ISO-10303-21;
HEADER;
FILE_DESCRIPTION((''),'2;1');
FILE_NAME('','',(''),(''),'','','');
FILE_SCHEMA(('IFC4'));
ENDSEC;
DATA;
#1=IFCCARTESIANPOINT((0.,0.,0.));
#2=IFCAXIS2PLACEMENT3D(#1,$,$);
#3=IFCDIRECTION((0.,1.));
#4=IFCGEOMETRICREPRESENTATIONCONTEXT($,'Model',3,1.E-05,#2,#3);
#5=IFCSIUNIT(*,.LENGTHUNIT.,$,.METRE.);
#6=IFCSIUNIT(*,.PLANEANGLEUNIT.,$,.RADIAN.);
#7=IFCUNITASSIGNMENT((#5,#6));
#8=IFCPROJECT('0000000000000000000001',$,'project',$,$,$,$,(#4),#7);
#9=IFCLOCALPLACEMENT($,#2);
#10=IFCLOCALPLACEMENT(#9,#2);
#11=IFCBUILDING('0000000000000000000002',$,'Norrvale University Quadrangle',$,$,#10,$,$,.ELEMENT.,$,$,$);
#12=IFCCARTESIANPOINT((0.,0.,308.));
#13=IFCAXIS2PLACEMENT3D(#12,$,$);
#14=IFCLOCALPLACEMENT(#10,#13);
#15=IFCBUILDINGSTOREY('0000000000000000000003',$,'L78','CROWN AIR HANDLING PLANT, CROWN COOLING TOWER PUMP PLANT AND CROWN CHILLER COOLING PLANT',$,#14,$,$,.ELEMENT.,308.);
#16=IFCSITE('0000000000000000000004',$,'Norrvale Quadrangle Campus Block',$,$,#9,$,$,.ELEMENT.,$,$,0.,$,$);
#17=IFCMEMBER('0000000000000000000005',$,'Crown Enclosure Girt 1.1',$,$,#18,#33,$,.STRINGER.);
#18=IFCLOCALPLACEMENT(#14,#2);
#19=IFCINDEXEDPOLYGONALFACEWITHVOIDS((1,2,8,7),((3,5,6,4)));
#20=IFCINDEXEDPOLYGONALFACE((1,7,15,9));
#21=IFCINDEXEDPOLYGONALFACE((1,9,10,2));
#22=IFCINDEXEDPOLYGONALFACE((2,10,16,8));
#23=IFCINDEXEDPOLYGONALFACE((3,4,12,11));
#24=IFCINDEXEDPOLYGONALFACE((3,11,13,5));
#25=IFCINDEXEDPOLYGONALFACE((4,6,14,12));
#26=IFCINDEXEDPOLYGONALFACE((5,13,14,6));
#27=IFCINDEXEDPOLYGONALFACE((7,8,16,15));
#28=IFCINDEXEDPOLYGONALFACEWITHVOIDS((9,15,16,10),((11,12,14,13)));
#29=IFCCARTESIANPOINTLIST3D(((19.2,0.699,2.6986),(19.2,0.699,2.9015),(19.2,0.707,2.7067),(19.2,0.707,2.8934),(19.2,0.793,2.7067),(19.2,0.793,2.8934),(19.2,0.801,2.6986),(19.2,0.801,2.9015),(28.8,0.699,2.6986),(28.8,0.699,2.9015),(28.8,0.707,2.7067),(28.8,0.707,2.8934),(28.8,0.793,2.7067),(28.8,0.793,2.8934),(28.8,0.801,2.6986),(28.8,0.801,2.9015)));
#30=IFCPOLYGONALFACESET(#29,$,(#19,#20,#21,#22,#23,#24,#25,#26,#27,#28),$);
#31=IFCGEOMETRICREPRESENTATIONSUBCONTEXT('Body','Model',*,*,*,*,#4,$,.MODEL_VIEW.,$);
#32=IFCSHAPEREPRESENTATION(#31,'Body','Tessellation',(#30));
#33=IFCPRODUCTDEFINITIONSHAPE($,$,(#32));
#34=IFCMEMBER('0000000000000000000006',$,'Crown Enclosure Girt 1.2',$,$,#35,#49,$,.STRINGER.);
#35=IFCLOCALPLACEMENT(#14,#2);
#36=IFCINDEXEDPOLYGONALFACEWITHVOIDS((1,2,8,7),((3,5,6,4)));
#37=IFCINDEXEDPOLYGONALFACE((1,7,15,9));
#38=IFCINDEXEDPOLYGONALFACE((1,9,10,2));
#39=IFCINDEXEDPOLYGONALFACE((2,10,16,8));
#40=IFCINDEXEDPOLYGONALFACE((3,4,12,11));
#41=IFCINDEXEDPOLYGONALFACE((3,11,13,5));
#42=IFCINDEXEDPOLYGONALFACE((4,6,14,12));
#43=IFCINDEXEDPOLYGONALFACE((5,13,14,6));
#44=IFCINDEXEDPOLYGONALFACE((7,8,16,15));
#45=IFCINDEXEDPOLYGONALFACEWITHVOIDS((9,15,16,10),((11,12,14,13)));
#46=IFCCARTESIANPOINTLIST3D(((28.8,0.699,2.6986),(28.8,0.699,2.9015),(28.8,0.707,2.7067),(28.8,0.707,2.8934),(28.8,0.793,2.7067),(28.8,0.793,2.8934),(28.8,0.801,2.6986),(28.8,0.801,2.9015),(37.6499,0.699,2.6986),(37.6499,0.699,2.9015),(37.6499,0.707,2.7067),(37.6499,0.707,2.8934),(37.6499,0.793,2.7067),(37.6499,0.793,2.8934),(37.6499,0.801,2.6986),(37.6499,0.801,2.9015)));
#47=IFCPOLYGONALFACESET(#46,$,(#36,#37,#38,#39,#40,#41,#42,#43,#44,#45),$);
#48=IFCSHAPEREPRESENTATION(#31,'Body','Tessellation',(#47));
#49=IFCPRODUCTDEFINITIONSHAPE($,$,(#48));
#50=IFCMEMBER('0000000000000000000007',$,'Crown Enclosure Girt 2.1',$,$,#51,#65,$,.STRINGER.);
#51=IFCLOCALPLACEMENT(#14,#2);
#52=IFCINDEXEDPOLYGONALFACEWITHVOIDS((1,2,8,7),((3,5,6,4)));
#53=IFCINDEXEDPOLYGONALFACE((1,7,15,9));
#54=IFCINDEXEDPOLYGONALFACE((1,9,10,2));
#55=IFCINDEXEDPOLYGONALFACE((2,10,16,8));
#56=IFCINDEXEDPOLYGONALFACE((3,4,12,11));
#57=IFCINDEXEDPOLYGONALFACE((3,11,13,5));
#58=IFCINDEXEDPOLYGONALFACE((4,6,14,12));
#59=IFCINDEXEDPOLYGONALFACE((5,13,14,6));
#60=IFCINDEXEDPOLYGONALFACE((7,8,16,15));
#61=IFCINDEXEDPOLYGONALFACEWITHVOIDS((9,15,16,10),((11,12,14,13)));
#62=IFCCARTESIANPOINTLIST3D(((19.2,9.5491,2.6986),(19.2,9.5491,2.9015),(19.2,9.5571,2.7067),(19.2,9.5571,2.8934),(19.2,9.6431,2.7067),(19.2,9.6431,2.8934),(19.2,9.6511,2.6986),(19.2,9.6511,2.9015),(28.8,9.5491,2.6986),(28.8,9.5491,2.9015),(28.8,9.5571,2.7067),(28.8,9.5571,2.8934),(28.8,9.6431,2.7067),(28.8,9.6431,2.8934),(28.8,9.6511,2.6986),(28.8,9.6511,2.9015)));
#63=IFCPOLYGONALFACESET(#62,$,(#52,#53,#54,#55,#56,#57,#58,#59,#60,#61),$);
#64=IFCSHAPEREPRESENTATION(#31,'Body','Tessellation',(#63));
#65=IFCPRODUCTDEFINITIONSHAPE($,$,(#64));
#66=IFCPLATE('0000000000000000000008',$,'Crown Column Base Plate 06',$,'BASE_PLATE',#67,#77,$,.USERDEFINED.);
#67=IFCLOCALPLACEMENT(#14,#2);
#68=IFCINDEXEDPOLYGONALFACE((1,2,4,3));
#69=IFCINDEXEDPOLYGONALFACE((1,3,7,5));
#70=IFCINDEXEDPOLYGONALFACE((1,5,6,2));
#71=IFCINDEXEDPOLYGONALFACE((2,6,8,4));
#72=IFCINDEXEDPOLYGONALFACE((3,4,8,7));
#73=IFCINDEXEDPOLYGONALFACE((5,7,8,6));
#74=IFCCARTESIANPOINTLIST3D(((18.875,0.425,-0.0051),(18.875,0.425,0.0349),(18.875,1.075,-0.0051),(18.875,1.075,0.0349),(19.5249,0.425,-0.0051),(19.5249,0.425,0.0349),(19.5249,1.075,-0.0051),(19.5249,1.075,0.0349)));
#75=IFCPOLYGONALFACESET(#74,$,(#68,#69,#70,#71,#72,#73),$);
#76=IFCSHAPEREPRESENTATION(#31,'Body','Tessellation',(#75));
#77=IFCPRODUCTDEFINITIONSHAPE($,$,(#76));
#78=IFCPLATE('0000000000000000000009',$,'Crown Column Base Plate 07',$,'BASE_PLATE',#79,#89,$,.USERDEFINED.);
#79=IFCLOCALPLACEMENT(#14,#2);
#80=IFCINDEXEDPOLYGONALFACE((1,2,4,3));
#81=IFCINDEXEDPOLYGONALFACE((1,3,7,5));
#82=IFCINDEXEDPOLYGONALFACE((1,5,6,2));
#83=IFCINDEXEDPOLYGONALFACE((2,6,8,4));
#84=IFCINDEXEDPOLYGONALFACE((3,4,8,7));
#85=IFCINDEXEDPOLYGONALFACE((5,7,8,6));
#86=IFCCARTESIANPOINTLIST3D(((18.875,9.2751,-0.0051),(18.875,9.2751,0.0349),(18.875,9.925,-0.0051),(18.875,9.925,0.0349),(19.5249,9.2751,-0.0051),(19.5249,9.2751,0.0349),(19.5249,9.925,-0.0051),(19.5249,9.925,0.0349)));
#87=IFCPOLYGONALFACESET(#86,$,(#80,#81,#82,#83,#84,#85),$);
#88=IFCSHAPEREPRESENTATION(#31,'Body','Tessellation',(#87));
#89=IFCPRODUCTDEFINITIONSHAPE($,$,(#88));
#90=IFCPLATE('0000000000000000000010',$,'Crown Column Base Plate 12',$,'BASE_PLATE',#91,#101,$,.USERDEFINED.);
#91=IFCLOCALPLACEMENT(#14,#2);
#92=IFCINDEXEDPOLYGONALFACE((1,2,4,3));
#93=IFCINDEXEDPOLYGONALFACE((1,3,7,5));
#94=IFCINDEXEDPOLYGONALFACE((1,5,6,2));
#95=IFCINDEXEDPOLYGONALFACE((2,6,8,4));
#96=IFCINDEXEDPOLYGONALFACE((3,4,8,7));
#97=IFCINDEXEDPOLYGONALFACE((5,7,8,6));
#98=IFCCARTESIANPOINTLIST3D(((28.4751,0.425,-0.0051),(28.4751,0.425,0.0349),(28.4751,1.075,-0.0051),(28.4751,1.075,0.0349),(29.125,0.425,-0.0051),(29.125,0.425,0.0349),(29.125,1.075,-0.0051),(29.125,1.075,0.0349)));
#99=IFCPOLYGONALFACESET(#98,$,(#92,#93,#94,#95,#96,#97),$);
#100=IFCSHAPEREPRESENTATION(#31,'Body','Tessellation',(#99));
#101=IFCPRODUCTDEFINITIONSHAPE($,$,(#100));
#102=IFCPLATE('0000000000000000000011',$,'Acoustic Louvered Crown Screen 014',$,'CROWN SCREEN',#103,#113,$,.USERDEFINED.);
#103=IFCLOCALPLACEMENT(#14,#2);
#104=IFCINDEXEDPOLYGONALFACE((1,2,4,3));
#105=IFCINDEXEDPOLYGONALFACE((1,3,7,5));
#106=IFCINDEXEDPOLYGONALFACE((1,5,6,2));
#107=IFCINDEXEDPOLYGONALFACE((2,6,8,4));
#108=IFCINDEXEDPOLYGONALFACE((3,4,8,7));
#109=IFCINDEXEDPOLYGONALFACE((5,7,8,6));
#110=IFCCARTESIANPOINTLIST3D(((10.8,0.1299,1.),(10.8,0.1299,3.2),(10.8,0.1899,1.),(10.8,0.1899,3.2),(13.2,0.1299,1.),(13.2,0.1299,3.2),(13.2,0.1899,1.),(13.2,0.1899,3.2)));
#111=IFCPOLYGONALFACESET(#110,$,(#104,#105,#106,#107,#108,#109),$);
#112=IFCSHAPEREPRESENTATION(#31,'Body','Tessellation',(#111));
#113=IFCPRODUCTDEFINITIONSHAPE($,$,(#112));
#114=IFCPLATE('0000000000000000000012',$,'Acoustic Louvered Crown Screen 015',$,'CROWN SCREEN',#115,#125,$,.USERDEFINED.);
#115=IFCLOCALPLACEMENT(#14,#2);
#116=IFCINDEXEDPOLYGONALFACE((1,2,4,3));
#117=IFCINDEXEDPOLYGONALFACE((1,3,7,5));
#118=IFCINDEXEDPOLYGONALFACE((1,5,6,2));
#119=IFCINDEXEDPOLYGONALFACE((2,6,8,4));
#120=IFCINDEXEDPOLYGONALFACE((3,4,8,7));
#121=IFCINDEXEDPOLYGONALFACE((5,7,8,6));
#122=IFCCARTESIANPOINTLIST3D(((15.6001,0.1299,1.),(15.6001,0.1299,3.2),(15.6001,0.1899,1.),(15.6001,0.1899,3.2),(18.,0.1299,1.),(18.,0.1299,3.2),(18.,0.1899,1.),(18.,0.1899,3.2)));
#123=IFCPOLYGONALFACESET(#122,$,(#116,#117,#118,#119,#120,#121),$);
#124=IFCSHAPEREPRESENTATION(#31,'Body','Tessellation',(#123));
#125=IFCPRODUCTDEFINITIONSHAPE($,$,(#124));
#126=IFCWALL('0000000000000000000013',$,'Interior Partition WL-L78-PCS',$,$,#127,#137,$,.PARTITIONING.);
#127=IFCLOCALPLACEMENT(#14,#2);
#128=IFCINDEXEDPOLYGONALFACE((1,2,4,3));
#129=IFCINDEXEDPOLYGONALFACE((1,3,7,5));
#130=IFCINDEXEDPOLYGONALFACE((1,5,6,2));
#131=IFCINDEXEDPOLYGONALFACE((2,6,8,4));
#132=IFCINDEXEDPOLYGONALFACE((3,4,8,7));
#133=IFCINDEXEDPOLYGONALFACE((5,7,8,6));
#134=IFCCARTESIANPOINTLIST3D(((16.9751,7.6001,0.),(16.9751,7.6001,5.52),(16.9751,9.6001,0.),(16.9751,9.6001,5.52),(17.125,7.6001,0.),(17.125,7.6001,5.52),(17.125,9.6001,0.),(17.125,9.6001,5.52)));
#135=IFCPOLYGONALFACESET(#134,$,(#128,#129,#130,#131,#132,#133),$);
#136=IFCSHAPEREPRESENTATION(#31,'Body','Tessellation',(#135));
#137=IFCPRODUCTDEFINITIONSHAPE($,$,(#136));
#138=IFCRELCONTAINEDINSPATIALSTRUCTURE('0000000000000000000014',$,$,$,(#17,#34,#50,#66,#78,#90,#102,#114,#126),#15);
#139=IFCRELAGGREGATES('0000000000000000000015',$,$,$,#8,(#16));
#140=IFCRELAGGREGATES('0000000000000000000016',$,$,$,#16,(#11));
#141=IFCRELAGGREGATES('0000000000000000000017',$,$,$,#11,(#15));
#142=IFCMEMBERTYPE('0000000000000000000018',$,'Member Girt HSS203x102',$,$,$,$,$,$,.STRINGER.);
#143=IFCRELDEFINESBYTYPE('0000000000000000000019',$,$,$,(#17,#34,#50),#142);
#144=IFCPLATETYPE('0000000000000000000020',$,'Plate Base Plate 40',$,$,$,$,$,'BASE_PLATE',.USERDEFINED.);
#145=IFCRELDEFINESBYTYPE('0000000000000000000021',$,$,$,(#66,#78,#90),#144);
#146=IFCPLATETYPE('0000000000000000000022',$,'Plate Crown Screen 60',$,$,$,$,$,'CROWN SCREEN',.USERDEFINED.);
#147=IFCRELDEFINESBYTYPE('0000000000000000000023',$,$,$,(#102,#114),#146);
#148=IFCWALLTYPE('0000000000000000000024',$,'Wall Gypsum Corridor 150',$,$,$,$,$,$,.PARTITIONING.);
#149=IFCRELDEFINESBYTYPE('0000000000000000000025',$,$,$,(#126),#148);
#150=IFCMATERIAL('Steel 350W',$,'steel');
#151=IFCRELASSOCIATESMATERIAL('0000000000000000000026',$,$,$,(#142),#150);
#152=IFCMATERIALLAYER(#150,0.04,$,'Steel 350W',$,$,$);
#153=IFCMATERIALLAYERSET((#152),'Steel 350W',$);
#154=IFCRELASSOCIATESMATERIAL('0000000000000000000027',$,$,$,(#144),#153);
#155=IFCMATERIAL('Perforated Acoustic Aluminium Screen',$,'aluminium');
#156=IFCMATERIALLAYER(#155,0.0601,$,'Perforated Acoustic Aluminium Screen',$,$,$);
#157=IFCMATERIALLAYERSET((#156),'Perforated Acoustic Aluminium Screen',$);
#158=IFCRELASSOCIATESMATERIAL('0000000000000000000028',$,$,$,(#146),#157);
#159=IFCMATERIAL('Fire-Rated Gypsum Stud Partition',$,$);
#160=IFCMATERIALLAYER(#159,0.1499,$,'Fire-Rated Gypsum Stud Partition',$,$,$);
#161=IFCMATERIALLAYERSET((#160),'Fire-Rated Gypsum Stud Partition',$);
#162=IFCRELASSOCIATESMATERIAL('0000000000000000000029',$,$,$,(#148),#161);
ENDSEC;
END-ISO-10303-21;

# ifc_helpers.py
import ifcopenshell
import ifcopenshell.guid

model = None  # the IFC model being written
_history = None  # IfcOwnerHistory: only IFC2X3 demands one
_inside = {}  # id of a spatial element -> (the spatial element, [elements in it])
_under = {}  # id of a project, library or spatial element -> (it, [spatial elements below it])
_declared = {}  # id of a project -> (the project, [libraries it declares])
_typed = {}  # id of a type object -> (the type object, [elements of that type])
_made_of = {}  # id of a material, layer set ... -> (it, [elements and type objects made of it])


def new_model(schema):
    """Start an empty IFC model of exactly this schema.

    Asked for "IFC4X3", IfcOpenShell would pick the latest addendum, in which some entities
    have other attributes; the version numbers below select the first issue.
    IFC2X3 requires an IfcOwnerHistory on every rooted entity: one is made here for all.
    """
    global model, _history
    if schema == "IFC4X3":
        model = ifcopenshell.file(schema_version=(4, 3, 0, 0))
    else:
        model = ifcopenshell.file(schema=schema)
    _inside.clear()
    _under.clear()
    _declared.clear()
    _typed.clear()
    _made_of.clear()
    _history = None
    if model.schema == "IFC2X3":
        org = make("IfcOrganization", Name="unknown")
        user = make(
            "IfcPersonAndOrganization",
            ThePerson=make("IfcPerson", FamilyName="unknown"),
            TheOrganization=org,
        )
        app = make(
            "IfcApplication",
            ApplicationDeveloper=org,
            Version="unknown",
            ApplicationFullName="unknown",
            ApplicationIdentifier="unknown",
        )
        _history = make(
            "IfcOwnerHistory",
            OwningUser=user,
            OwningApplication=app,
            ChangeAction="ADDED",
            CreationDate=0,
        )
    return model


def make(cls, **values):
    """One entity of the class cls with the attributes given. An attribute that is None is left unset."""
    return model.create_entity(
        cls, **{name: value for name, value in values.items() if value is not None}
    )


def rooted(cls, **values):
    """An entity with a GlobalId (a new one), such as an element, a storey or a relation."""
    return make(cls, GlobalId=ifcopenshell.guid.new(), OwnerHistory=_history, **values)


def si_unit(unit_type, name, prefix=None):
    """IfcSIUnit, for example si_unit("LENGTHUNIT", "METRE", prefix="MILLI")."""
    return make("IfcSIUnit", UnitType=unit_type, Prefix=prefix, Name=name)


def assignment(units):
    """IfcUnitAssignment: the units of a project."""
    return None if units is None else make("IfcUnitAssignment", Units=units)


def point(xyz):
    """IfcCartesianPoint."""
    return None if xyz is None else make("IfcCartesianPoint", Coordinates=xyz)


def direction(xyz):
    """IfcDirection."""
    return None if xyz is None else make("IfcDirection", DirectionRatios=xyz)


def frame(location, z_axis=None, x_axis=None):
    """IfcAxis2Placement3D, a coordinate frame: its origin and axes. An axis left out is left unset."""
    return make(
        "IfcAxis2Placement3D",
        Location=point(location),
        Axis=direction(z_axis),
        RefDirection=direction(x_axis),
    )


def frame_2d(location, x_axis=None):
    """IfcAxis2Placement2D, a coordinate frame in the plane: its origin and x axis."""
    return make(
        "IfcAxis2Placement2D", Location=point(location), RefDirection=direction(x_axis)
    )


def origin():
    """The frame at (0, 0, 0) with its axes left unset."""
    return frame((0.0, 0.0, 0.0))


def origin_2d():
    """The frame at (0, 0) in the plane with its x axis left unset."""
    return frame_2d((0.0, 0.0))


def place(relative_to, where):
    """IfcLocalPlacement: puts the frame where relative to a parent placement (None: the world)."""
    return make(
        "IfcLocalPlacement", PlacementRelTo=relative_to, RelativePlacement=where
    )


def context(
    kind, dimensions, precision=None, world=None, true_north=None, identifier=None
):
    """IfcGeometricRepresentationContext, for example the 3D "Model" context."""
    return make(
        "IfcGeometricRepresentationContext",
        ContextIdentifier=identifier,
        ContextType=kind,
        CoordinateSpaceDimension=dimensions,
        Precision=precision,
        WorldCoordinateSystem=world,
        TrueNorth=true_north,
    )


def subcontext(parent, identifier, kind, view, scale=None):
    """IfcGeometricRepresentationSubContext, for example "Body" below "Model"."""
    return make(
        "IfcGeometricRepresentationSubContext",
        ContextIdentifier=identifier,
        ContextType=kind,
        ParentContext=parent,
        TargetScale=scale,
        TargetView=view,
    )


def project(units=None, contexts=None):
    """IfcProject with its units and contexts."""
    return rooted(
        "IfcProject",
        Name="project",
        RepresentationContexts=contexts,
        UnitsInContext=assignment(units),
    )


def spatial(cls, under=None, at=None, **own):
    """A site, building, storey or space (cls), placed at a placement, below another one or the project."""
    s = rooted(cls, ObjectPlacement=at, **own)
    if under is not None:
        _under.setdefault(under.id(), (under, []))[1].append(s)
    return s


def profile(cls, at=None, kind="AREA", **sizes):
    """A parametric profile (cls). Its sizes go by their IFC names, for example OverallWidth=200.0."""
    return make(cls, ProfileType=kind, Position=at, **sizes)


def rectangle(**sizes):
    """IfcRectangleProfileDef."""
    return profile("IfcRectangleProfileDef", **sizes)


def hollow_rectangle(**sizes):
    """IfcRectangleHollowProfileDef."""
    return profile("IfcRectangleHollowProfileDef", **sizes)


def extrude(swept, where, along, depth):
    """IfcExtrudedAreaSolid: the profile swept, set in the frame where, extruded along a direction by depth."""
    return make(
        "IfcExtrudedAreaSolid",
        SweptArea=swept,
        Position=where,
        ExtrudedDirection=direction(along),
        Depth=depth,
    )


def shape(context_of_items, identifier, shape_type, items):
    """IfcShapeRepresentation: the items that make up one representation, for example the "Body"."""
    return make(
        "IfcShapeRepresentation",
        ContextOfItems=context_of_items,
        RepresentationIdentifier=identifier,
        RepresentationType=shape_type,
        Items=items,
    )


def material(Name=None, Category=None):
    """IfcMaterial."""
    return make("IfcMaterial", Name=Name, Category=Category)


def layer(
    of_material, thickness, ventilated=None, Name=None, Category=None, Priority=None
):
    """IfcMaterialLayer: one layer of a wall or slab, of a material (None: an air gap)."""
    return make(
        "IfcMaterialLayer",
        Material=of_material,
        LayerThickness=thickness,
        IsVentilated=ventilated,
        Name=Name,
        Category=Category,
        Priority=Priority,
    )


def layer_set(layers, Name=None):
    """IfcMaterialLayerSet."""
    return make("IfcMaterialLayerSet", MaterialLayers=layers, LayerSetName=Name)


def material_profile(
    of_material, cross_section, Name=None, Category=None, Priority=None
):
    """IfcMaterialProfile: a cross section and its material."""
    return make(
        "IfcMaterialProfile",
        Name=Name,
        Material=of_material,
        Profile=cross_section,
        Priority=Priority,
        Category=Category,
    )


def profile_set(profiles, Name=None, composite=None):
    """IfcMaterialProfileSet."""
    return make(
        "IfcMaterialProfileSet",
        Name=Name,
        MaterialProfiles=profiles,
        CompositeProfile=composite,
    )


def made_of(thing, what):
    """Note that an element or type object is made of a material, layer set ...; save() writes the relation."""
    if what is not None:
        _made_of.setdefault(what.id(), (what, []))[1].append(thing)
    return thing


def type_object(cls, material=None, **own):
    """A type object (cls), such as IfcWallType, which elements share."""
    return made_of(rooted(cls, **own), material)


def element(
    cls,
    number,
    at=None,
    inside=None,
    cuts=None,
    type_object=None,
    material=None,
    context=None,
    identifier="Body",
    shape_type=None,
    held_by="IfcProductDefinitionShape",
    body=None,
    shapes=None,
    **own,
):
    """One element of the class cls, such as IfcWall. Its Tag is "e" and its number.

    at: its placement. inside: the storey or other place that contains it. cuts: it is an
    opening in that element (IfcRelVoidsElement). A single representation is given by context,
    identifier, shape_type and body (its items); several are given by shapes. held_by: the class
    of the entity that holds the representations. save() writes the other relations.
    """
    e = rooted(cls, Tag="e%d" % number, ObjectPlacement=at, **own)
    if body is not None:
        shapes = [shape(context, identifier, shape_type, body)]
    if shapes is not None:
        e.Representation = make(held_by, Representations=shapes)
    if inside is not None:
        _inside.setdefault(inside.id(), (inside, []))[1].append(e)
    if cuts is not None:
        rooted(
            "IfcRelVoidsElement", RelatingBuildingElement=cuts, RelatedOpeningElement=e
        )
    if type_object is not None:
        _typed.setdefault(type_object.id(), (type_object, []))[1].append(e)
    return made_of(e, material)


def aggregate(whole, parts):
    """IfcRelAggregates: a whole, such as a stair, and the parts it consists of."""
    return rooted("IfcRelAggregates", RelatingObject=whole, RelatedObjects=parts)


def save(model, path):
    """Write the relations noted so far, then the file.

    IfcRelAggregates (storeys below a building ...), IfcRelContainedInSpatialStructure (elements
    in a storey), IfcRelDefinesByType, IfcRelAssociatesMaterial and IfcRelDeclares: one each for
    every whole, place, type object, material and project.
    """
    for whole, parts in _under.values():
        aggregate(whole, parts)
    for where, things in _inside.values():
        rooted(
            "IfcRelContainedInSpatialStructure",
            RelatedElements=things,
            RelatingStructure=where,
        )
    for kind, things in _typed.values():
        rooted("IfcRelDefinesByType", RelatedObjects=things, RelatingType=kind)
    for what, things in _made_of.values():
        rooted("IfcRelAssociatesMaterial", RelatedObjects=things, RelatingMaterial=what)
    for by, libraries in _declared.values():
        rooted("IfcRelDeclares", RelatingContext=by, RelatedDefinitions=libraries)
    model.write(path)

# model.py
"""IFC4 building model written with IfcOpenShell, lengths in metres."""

from ifc_helpers import new_model, si_unit, direction, frame, frame_2d, origin, origin_2d, place, context, subcontext, project, spatial, rectangle, hollow_rectangle, extrude, material, layer, layer_set, material_profile, profile_set, type_object, element, save


model = new_model("IFC4")

# Units and contexts
model_context = context("Model", 3, precision=1e-05, world=origin(), true_north=direction((0.0, 1.0)))
body_context = subcontext(model_context, "Body", "Model", "MODEL_VIEW")
ifc_project = project(units=[si_unit("LENGTHUNIT", "METRE"), si_unit("PLANEANGLEUNIT", "RADIAN")], contexts=[model_context])

# Site, building, storey
site_placement = place(None, origin())
site = spatial("IfcSite", under=ifc_project, at=site_placement, Name="Norrvale Quadrangle Campus Block", CompositionType="ELEMENT", RefElevation=0.0)
building_placement = place(site_placement, origin())
building = spatial("IfcBuilding", under=site, at=building_placement, Name="Norrvale University Quadrangle", CompositionType="ELEMENT")
storey_placement = place(building_placement, frame((0.0, 0.0, 308.0)))
storey = spatial("IfcBuildingStorey", under=building, at=storey_placement, Name="L78", Description="CROWN AIR HANDLING PLANT, CROWN COOLING TOWER PUMP PLANT AND CROWN CHILLER COOLING PLANT", CompositionType="ELEMENT", Elevation=308.0)

# Shared definitions
ifc_material_1 = material(Name="Steel 350W", Category="steel")

# Members
ifc_material_profile_1 = material_profile(ifc_material_1, hollow_rectangle(XDim=0.1021, YDim=0.2029, WallThickness=0.0081, at=origin_2d()), Name="Steel 350W")
ifc_profile_set_1 = profile_set([ifc_material_profile_1], Name="Steel 350W")
member_type_1 = type_object("IfcMemberType", Name="Member Girt HSS203x102", PredefinedType="STRINGER", material=ifc_profile_set_1)
member_1_placement = place(storey_placement, frame((19.2, 0.75, 2.8), z_axis=(1.0, 0.0, 0.0), x_axis=(0.0, 1.0, 0.0)))
element("IfcMember", 1, at=member_1_placement, inside=storey, type_object=member_type_1, Name="Crown Enclosure Girt 1.1", PredefinedType="STRINGER", context=body_context, shape_type="SweptSolid", body=[
    extrude(hollow_rectangle(XDim=0.1021, YDim=0.2029, WallThickness=0.0081, at=origin_2d()), origin(), (0.0, 0.0, 1.0), 9.6001),
])
member_2_placement = place(storey_placement, frame((28.8, 0.75, 2.8), z_axis=(1.0, 0.0, 0.0), x_axis=(0.0, 1.0, 0.0)))
element("IfcMember", 2, at=member_2_placement, inside=storey, type_object=member_type_1, Name="Crown Enclosure Girt 1.2", PredefinedType="STRINGER", context=body_context, shape_type="SweptSolid", body=[
    extrude(hollow_rectangle(XDim=0.1021, YDim=0.2029, WallThickness=0.0081, at=origin_2d()), origin(), (0.0, 0.0, 1.0), 8.8499),
])
member_3_placement = place(storey_placement, frame((19.2, 9.6001, 2.8), z_axis=(1.0, 0.0, 0.0), x_axis=(0.0, 1.0, 0.0)))
element("IfcMember", 3, at=member_3_placement, inside=storey, type_object=member_type_1, Name="Crown Enclosure Girt 2.1", PredefinedType="STRINGER", context=body_context, shape_type="SweptSolid", body=[
    extrude(hollow_rectangle(XDim=0.1021, YDim=0.2029, WallThickness=0.0081, at=origin_2d()), origin(), (0.0, 0.0, 1.0), 9.6001),
])

# Plates
ifc_layer_1 = layer(ifc_material_1, 0.04, Name="Steel 350W")
ifc_layer_set_1 = layer_set([ifc_layer_1], Name="Steel 350W")
plate_type_1 = type_object("IfcPlateType", Name="Plate Base Plate 40", ElementType="BASE_PLATE", PredefinedType="USERDEFINED", material=ifc_layer_set_1)
for number, where, z_axis, x_axis, name in (
    (4, (19.2, 0.75, -0.0051), (0.0, 0.0, 1.0), (1.0, 0.0, 0.0), "Crown Column Base Plate 06"),
    (5, (19.2, 9.6001, -0.0051), (0.0, 0.0, 1.0), (1.0, 0.0, 0.0), "Crown Column Base Plate 07"),
    (6, (28.8, 0.75, -0.0051), (0.0, 0.0, 1.0), (1.0, 0.0, 0.0), "Crown Column Base Plate 12"),
):
    element("IfcPlate", number, at=place(storey_placement, frame(where, z_axis=z_axis, x_axis=x_axis)), inside=storey, type_object=plate_type_1, Name=name, ObjectType="BASE_PLATE", PredefinedType="USERDEFINED", context=body_context, shape_type="SweptSolid", body=[
        extrude(rectangle(XDim=0.6499, YDim=0.6499, at=origin_2d()), origin(), (0.0, 0.0, 1.0), 0.04),
    ])
ifc_material_2 = material(Name="Perforated Acoustic Aluminium Screen", Category="aluminium")
ifc_layer_2 = layer(ifc_material_2, 0.0601, Name="Perforated Acoustic Aluminium Screen")
ifc_layer_set_2 = layer_set([ifc_layer_2], Name="Perforated Acoustic Aluminium Screen")
plate_type_2 = type_object("IfcPlateType", Name="Plate Crown Screen 60", ElementType="CROWN SCREEN", PredefinedType="USERDEFINED", material=ifc_layer_set_2)
for number, where, z_axis, x_axis, name in (
    (7, (12.0, 0.1599, 1.0), (0.0, 0.0, 1.0), (1.0, 0.0, 0.0), "Acoustic Louvered Crown Screen 014"),
    (8, (16.8, 0.1599, 1.0), (0.0, 0.0, 1.0), (1.0, 0.0, 0.0), "Acoustic Louvered Crown Screen 015"),
):
    element("IfcPlate", number, at=place(storey_placement, frame(where, z_axis=z_axis, x_axis=x_axis)), inside=storey, type_object=plate_type_2, Name=name, ObjectType="CROWN SCREEN", PredefinedType="USERDEFINED", context=body_context, shape_type="SweptSolid", body=[
        extrude(rectangle(XDim=2.3999, YDim=0.0601, at=origin_2d()), origin(), (0.0, 0.0, 1.0), 2.2),
    ])

# Wall
ifc_material_3 = material(Name="Fire-Rated Gypsum Stud Partition")
ifc_layer_3 = layer(ifc_material_3, 0.1499, Name="Fire-Rated Gypsum Stud Partition")
ifc_layer_set_3 = layer_set([ifc_layer_3], Name="Fire-Rated Gypsum Stud Partition")
wall_type = type_object("IfcWallType", Name="Wall Gypsum Corridor 150", PredefinedType="PARTITIONING", material=ifc_layer_set_3)
wall_placement = place(storey_placement, frame((17.05, 7.6001, 0.0), z_axis=(0.0, 0.0, 1.0), x_axis=(0.0, 1.0, 0.0)))
element("IfcWall", 9, at=wall_placement, inside=storey, type_object=wall_type, Name="Interior Partition WL-L78-PCS", PredefinedType="PARTITIONING", context=body_context, shape_type="SweptSolid", body=[
    extrude(rectangle(XDim=2.0, YDim=0.1499, at=frame_2d((1.0, 0.0))), origin(), (0.0, 0.0, 1.0), 5.52),
])

save(model, "model.ifc")
